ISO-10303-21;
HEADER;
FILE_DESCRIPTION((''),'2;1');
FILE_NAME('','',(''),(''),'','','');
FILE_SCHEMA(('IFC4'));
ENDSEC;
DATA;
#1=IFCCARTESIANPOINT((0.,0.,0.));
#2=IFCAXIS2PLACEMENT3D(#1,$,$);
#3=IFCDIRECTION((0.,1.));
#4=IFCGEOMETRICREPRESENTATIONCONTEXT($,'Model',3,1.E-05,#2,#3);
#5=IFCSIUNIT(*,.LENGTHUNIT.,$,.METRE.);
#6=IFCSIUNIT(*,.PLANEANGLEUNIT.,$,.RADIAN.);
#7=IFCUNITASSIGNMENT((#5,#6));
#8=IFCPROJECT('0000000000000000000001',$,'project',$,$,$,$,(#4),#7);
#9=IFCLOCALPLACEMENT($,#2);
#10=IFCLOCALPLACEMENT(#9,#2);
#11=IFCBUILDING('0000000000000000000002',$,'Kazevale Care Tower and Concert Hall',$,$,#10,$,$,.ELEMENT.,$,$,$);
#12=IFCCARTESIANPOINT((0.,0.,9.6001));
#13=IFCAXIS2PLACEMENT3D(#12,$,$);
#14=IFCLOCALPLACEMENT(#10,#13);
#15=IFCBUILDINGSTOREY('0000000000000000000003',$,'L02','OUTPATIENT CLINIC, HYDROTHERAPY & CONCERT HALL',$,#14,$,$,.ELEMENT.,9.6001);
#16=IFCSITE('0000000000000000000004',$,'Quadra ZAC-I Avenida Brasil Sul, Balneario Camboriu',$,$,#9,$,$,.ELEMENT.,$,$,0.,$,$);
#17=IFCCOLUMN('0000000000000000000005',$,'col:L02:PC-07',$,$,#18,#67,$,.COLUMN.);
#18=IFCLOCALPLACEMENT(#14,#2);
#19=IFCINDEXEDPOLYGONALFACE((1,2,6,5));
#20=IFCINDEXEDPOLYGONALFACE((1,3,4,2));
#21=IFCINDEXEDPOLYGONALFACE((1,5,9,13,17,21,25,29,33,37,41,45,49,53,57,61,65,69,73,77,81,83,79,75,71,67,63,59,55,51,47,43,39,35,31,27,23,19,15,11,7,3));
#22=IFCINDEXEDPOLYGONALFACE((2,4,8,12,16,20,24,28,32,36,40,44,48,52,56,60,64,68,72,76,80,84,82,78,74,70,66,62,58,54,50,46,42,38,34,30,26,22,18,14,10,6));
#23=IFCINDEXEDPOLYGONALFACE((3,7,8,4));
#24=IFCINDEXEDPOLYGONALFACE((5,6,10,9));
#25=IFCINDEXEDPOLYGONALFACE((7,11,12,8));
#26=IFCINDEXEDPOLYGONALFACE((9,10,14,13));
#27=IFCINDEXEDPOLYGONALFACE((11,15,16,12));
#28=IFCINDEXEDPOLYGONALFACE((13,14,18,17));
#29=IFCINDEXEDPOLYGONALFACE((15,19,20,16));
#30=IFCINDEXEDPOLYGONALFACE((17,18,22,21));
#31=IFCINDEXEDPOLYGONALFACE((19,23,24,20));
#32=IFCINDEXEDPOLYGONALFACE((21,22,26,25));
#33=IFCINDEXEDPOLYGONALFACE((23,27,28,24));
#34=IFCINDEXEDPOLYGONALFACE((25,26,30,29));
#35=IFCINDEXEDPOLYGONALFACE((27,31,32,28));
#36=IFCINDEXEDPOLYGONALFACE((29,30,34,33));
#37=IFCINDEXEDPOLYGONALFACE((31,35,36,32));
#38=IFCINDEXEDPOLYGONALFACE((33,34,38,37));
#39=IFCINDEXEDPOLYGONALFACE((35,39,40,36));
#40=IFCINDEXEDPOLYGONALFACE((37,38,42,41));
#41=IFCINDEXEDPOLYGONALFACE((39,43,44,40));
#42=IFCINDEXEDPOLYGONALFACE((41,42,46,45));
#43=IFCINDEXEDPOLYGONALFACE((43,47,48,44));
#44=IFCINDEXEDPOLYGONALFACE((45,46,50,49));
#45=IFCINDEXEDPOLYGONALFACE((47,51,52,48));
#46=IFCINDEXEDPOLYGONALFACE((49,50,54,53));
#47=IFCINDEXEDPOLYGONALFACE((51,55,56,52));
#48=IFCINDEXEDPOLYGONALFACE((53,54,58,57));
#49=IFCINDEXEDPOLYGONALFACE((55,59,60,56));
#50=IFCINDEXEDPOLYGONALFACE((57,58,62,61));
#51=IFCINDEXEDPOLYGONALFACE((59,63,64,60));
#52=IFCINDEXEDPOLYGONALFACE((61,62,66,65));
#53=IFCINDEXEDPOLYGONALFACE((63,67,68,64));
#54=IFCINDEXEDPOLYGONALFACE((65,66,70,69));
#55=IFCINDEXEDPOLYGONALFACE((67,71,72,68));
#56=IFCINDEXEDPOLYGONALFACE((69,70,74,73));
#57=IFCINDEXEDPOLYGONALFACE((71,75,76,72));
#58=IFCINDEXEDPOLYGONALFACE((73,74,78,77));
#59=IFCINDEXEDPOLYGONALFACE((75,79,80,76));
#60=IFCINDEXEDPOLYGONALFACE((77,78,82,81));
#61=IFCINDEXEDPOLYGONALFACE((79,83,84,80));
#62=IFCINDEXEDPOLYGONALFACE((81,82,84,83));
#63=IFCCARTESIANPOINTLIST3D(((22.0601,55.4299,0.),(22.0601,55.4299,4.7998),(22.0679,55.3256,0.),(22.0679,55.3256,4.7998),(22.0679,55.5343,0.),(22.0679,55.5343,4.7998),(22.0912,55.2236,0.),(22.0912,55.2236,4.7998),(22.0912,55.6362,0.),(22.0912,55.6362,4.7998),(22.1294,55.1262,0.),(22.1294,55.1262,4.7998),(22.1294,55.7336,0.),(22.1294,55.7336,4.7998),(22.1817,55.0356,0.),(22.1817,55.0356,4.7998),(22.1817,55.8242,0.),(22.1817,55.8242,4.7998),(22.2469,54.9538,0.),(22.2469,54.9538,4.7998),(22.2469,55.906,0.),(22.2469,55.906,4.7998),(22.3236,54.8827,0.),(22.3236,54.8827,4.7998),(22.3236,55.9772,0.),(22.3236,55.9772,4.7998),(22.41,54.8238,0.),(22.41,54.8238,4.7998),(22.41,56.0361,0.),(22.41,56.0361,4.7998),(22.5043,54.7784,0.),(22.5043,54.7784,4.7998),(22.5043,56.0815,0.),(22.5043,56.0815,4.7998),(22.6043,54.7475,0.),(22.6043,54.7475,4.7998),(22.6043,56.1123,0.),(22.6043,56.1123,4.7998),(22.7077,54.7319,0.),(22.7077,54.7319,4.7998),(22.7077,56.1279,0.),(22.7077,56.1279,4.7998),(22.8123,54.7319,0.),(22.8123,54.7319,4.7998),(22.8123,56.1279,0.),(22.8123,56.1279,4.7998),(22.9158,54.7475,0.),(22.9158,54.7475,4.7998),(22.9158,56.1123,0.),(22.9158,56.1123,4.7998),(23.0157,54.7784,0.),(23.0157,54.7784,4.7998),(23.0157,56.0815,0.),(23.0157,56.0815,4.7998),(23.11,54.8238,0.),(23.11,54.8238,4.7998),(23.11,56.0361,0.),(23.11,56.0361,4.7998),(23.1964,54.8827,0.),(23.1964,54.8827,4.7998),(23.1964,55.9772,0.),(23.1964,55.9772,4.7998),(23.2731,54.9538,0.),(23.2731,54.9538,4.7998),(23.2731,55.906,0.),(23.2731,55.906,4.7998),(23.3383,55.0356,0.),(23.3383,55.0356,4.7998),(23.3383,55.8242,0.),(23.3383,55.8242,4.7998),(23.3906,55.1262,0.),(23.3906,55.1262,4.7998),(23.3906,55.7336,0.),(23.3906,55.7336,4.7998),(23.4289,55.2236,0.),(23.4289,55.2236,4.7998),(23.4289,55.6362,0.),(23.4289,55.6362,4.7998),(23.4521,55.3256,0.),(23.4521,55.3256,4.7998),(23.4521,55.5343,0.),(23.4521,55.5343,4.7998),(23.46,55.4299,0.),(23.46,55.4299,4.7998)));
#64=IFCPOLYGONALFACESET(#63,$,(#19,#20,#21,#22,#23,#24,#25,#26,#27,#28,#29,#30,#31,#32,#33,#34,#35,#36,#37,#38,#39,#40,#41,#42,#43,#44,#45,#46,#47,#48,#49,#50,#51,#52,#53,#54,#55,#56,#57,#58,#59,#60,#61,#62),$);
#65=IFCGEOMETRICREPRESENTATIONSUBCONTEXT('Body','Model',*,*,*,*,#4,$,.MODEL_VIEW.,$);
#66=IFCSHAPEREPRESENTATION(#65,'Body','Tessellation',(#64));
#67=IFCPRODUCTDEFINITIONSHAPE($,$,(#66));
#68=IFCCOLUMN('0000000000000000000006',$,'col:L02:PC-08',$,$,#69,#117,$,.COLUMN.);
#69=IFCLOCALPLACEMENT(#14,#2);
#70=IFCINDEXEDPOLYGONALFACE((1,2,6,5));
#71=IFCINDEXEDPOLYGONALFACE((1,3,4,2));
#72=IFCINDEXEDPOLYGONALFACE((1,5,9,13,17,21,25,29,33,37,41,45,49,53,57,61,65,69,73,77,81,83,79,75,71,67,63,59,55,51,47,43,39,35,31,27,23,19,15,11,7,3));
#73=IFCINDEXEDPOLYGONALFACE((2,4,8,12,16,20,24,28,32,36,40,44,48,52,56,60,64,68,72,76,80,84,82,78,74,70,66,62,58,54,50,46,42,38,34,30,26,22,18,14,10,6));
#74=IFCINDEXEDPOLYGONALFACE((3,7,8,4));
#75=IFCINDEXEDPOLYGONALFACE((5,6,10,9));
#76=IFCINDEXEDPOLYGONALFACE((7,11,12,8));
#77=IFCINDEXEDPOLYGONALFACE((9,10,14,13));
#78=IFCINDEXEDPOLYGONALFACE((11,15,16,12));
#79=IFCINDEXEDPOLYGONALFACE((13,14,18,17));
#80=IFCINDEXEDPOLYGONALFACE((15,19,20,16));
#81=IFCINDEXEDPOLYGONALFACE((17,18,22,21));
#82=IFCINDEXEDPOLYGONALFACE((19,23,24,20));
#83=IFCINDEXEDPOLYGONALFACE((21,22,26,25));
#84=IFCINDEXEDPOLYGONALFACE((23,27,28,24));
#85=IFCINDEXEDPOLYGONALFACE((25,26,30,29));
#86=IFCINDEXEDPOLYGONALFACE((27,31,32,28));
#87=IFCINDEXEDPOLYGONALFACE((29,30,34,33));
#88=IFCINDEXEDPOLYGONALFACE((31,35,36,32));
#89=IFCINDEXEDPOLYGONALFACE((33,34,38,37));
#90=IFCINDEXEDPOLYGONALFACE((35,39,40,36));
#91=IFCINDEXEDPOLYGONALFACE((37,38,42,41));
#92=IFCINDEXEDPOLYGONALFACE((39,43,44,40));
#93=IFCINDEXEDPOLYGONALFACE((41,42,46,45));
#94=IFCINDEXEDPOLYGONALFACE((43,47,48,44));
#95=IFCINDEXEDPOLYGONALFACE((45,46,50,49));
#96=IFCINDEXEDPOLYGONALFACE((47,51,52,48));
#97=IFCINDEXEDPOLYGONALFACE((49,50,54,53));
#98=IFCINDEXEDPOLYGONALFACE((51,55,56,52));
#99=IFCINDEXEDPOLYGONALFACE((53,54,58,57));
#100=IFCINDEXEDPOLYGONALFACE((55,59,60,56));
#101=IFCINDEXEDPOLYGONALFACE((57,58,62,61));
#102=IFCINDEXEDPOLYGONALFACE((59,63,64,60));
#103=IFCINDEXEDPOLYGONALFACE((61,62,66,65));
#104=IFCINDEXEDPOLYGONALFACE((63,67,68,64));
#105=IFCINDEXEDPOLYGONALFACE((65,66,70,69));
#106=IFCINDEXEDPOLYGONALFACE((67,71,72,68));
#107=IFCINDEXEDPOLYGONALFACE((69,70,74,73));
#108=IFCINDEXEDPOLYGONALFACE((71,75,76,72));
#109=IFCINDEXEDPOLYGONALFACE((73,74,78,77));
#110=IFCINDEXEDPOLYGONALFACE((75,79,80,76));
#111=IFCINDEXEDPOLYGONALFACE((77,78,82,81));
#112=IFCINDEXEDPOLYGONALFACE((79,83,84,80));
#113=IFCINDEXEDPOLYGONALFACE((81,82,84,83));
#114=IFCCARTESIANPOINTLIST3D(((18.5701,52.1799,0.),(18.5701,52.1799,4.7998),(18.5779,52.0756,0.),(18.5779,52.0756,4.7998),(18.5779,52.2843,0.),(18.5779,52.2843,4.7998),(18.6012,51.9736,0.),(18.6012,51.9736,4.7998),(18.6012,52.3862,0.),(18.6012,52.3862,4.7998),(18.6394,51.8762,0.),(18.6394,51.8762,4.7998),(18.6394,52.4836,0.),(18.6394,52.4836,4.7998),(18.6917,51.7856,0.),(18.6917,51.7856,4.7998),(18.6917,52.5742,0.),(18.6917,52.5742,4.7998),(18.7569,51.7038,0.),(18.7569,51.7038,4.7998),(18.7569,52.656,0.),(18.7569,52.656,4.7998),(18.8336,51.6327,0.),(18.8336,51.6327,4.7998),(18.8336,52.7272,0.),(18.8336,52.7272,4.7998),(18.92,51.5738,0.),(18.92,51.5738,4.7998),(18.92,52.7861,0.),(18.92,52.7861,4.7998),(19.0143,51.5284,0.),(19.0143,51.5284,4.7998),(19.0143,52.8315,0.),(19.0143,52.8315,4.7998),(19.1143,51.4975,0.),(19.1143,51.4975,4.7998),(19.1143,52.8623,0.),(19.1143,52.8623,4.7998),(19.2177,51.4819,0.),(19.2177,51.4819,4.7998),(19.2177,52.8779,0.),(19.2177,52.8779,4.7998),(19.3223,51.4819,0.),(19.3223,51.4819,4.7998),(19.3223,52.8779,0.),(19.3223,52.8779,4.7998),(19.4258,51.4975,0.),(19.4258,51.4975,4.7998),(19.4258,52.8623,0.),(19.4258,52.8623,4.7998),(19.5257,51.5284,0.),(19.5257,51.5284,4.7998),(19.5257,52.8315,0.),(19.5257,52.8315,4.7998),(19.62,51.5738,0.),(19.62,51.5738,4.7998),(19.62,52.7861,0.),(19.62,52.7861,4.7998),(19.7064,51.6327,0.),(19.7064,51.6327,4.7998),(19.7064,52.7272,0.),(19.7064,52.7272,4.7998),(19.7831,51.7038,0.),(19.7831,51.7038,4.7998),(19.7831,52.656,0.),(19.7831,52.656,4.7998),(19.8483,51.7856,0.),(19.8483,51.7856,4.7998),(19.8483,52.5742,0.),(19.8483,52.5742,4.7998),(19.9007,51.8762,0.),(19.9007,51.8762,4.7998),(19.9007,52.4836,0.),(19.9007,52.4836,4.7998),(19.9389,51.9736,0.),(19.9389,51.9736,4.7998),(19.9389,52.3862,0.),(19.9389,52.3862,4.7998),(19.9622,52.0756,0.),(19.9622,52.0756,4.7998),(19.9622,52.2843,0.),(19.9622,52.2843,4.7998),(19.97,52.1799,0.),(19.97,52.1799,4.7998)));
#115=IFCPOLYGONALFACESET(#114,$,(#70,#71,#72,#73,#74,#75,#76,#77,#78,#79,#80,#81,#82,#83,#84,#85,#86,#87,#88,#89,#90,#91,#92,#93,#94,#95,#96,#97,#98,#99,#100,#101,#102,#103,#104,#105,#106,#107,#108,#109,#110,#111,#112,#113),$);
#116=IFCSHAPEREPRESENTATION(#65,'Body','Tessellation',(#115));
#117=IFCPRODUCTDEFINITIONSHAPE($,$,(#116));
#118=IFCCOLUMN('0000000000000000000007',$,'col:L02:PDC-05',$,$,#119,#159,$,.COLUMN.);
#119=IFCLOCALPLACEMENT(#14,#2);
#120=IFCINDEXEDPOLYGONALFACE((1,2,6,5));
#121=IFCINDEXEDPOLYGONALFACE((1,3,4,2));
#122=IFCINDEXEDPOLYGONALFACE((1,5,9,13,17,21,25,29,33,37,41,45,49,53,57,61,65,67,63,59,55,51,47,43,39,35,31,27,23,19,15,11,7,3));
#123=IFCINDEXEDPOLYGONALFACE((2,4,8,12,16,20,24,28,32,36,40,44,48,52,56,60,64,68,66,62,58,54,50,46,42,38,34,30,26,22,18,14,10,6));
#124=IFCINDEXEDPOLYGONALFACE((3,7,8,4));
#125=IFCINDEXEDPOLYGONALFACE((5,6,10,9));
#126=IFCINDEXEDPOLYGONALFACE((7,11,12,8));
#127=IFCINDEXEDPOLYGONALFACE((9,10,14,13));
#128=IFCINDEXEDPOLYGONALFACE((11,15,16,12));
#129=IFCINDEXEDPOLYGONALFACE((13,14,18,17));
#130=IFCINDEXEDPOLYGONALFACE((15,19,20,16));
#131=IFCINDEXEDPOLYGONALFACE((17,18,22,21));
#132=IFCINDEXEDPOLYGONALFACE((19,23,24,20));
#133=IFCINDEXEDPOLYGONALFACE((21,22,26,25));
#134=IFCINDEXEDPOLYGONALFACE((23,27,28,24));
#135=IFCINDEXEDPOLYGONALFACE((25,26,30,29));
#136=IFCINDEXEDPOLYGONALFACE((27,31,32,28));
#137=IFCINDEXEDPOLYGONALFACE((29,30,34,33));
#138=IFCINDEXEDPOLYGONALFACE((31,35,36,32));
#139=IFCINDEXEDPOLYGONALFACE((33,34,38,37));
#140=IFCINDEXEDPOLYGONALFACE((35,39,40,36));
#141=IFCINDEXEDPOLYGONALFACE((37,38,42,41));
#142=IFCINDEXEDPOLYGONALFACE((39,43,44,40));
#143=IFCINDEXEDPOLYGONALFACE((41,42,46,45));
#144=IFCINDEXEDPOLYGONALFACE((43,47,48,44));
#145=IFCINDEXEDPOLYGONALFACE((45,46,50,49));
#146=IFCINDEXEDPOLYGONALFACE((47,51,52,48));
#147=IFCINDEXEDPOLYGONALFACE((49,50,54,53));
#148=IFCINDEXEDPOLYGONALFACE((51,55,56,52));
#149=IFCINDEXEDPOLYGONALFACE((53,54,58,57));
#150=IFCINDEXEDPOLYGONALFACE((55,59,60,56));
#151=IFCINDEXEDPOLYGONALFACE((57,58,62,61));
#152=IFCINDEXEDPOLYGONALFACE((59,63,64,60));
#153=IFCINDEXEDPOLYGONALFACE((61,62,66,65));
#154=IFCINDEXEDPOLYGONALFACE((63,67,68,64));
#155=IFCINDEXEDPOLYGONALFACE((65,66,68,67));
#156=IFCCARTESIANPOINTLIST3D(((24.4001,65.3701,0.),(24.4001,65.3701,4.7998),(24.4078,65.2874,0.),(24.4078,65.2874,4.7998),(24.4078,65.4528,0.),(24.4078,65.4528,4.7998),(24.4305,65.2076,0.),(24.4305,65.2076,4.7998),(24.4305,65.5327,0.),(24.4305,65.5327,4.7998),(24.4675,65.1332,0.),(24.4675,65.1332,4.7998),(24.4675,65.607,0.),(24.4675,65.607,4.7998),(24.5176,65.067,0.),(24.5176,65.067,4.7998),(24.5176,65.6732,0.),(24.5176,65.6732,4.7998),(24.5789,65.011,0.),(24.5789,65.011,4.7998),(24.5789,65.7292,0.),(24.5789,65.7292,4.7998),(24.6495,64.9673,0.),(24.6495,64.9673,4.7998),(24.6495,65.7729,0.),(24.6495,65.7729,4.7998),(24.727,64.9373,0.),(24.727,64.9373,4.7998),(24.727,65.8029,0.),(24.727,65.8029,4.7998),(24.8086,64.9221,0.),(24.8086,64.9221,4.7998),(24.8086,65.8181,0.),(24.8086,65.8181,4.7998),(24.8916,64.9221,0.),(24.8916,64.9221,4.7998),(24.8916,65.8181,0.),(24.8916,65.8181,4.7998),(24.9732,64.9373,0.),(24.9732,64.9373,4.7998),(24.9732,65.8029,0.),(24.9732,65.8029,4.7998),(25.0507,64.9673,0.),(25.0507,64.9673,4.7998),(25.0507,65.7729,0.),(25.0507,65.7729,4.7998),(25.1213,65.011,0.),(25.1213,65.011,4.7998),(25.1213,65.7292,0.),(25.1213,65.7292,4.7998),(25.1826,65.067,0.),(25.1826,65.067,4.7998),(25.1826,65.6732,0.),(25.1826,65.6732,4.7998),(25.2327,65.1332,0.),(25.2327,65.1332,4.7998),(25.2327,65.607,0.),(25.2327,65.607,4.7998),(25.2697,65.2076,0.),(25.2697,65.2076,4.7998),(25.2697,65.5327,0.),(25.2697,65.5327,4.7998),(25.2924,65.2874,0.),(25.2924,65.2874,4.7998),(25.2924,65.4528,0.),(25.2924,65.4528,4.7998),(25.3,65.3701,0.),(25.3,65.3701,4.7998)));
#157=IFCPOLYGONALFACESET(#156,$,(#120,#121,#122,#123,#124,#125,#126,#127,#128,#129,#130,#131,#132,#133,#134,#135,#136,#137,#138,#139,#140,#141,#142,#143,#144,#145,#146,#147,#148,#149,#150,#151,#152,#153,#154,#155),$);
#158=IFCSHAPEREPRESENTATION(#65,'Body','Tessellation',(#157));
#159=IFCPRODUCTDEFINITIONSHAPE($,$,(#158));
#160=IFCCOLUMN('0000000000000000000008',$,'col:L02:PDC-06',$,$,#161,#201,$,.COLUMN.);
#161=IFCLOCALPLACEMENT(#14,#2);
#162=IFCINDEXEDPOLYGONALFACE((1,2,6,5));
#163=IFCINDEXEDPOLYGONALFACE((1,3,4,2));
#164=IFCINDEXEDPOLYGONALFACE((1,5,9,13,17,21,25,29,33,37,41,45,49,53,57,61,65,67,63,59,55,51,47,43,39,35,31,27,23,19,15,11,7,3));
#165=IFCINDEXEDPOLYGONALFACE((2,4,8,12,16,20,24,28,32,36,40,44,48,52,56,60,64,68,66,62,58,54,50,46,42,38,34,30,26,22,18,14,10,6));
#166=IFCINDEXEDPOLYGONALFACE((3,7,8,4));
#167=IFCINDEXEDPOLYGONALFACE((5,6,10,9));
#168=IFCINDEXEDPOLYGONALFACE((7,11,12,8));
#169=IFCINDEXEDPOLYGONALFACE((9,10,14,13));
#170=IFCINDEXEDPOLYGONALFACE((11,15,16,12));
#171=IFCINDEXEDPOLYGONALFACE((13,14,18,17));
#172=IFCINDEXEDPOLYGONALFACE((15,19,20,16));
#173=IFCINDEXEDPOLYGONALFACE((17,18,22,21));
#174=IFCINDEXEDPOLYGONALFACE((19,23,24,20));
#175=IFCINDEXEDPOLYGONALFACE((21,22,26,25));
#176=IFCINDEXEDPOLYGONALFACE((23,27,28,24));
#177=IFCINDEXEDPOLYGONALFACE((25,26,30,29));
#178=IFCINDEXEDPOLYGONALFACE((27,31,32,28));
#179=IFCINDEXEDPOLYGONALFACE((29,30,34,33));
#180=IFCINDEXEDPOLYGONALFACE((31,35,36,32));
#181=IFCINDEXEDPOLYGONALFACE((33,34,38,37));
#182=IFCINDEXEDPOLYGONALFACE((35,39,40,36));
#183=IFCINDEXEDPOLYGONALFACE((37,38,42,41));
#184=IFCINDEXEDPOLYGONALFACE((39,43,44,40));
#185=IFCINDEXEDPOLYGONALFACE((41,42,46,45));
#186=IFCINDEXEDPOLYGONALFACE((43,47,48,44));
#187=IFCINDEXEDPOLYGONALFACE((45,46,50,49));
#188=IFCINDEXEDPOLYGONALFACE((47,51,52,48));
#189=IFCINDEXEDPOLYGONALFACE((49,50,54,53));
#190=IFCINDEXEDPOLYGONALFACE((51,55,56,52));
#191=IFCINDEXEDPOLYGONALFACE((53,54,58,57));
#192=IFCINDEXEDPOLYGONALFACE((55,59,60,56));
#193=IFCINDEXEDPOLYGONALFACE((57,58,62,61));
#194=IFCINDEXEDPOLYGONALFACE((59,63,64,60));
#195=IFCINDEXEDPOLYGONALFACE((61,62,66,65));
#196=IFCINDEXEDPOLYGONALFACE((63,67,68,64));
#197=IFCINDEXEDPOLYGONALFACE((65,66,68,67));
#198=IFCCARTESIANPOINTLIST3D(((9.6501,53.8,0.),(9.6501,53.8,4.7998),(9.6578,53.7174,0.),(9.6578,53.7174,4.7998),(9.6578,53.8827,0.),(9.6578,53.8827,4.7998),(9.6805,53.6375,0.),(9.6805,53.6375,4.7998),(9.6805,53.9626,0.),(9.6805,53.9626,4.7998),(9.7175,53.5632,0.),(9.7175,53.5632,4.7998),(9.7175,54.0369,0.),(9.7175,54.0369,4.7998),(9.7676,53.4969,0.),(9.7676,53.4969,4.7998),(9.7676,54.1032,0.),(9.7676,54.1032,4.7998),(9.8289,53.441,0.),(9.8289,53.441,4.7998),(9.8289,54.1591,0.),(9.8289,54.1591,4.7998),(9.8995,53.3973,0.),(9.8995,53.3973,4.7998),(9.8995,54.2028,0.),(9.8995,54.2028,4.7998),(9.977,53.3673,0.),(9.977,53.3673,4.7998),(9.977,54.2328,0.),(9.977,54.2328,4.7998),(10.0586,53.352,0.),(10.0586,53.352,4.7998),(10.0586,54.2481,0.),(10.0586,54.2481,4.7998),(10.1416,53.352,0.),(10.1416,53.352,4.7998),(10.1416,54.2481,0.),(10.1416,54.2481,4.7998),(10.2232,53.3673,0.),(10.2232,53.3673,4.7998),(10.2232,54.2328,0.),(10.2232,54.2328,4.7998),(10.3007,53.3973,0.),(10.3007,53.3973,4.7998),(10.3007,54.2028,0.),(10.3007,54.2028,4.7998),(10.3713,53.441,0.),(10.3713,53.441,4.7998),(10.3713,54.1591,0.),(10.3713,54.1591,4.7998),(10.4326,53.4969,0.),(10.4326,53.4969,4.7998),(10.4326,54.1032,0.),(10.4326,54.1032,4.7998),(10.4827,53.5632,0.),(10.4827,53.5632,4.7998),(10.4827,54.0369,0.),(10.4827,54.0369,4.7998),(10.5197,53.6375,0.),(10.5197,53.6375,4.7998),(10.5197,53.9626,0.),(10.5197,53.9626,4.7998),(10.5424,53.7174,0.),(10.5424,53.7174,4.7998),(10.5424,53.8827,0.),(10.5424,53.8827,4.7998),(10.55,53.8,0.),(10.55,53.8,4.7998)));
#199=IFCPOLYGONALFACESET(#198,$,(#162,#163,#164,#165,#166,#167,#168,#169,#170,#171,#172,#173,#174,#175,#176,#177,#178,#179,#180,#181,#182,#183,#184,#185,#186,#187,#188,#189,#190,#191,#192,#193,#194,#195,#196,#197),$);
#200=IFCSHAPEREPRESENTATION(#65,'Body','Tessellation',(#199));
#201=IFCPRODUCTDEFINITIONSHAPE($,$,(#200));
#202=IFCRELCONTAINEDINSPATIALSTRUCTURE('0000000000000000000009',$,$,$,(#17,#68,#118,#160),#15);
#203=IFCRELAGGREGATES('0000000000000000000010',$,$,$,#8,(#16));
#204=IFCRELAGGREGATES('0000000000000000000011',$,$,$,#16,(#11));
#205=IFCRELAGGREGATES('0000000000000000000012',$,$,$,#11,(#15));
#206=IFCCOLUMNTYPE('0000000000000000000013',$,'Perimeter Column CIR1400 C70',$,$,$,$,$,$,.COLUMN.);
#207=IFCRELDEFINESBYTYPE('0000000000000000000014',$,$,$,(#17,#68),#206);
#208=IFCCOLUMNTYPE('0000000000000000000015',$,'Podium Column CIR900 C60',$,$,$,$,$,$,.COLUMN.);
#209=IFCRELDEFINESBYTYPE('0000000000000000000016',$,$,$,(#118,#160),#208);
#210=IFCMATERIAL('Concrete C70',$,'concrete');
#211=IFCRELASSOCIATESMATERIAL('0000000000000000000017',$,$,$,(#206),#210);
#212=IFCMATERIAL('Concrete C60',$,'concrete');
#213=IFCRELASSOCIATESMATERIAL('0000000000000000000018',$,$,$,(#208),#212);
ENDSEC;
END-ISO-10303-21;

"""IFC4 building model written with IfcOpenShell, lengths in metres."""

from ifc_helpers import new_model, si_unit, direction, frame, origin, origin_2d, place, context, subcontext, project, spatial, circle, extrude, material, material_profile, profile_set, type_object, element, save


model = new_model("IFC4")

# Units and contexts
model_context = context("Model", 3, precision=1e-05, world=origin(), true_north=direction((0.0, 1.0)))
body_context = subcontext(model_context, "Body", "Model", "MODEL_VIEW")
ifc_project = project(units=[si_unit("LENGTHUNIT", "METRE"), si_unit("PLANEANGLEUNIT", "RADIAN")], contexts=[model_context])

# Site, building, storey
site_placement = place(None, origin())
site = spatial("IfcSite", under=ifc_project, at=site_placement, Name="Quadra ZAC-I Avenida Brasil Sul, Balneario Camboriu", CompositionType="ELEMENT", RefElevation=0.0)
building_placement = place(site_placement, origin())
building = spatial("IfcBuilding", under=site, at=building_placement, Name="Kazevale Care Tower and Concert Hall", CompositionType="ELEMENT")
storey_placement = place(building_placement, frame((0.0, 0.0, 9.6001)))
storey = spatial("IfcBuildingStorey", under=building, at=storey_placement, Name="L02", Description="OUTPATIENT CLINIC, HYDROTHERAPY & CONCERT HALL", CompositionType="ELEMENT", Elevation=9.6001)

# Columns
ifc_material_1 = material(Name="Concrete C70", Category="concrete")
ifc_material_profile_1 = material_profile(ifc_material_1, circle(Radius=0.7, at=origin_2d()), Name="RC-CIR1400")
ifc_profile_set_1 = profile_set([ifc_material_profile_1], Name="Concrete C70")
column_type_1 = type_object("IfcColumnType", Name="Perimeter Column CIR1400 C70", PredefinedType="COLUMN", material=ifc_profile_set_1)
for number, where, z_axis, x_axis, name in (
    (1, (22.76, 55.4299, 0.0), (0.0, 0.0, 1.0), (1.0, 0.0, 0.0), "col:L02:PC-07"),
    (2, (19.27, 52.1799, 0.0), (0.0, 0.0, 1.0), (1.0, 0.0, 0.0), "col:L02:PC-08"),
):
    element("IfcColumn", number, at=place(storey_placement, frame(where, z_axis=z_axis, x_axis=x_axis)), inside=storey, type_object=column_type_1, Name=name, PredefinedType="COLUMN", context=body_context, shape_type="SweptSolid", body=[
        extrude(circle(Radius=0.7, at=origin_2d()), origin(), (0.0, 0.0, 1.0), 4.7998),
    ])
ifc_material_2 = material(Name="Concrete C60", Category="concrete")
ifc_material_profile_2 = material_profile(ifc_material_2, circle(Radius=0.45, at=origin_2d()), Name="RC-CIR900")
ifc_profile_set_2 = profile_set([ifc_material_profile_2], Name="Concrete C60")
column_type_2 = type_object("IfcColumnType", Name="Podium Column CIR900 C60", PredefinedType="COLUMN", material=ifc_profile_set_2)
for number, where, z_axis, x_axis, name in (
    (3, (24.8501, 65.3701, 0.0), (0.0, 0.0, 1.0), (1.0, 0.0, 0.0), "col:L02:PDC-05"),
    (4, (10.1001, 53.8, 0.0), (0.0, 0.0, 1.0), (1.0, 0.0, 0.0), "col:L02:PDC-06"),
):
    element("IfcColumn", number, at=place(storey_placement, frame(where, z_axis=z_axis, x_axis=x_axis)), inside=storey, type_object=column_type_2, Name=name, PredefinedType="COLUMN", context=body_context, shape_type="SweptSolid", body=[
        extrude(circle(Radius=0.45, at=origin_2d()), origin(), (0.0, 0.0, 1.0), 4.7998),
    ])

save(model, "model.ifc")
